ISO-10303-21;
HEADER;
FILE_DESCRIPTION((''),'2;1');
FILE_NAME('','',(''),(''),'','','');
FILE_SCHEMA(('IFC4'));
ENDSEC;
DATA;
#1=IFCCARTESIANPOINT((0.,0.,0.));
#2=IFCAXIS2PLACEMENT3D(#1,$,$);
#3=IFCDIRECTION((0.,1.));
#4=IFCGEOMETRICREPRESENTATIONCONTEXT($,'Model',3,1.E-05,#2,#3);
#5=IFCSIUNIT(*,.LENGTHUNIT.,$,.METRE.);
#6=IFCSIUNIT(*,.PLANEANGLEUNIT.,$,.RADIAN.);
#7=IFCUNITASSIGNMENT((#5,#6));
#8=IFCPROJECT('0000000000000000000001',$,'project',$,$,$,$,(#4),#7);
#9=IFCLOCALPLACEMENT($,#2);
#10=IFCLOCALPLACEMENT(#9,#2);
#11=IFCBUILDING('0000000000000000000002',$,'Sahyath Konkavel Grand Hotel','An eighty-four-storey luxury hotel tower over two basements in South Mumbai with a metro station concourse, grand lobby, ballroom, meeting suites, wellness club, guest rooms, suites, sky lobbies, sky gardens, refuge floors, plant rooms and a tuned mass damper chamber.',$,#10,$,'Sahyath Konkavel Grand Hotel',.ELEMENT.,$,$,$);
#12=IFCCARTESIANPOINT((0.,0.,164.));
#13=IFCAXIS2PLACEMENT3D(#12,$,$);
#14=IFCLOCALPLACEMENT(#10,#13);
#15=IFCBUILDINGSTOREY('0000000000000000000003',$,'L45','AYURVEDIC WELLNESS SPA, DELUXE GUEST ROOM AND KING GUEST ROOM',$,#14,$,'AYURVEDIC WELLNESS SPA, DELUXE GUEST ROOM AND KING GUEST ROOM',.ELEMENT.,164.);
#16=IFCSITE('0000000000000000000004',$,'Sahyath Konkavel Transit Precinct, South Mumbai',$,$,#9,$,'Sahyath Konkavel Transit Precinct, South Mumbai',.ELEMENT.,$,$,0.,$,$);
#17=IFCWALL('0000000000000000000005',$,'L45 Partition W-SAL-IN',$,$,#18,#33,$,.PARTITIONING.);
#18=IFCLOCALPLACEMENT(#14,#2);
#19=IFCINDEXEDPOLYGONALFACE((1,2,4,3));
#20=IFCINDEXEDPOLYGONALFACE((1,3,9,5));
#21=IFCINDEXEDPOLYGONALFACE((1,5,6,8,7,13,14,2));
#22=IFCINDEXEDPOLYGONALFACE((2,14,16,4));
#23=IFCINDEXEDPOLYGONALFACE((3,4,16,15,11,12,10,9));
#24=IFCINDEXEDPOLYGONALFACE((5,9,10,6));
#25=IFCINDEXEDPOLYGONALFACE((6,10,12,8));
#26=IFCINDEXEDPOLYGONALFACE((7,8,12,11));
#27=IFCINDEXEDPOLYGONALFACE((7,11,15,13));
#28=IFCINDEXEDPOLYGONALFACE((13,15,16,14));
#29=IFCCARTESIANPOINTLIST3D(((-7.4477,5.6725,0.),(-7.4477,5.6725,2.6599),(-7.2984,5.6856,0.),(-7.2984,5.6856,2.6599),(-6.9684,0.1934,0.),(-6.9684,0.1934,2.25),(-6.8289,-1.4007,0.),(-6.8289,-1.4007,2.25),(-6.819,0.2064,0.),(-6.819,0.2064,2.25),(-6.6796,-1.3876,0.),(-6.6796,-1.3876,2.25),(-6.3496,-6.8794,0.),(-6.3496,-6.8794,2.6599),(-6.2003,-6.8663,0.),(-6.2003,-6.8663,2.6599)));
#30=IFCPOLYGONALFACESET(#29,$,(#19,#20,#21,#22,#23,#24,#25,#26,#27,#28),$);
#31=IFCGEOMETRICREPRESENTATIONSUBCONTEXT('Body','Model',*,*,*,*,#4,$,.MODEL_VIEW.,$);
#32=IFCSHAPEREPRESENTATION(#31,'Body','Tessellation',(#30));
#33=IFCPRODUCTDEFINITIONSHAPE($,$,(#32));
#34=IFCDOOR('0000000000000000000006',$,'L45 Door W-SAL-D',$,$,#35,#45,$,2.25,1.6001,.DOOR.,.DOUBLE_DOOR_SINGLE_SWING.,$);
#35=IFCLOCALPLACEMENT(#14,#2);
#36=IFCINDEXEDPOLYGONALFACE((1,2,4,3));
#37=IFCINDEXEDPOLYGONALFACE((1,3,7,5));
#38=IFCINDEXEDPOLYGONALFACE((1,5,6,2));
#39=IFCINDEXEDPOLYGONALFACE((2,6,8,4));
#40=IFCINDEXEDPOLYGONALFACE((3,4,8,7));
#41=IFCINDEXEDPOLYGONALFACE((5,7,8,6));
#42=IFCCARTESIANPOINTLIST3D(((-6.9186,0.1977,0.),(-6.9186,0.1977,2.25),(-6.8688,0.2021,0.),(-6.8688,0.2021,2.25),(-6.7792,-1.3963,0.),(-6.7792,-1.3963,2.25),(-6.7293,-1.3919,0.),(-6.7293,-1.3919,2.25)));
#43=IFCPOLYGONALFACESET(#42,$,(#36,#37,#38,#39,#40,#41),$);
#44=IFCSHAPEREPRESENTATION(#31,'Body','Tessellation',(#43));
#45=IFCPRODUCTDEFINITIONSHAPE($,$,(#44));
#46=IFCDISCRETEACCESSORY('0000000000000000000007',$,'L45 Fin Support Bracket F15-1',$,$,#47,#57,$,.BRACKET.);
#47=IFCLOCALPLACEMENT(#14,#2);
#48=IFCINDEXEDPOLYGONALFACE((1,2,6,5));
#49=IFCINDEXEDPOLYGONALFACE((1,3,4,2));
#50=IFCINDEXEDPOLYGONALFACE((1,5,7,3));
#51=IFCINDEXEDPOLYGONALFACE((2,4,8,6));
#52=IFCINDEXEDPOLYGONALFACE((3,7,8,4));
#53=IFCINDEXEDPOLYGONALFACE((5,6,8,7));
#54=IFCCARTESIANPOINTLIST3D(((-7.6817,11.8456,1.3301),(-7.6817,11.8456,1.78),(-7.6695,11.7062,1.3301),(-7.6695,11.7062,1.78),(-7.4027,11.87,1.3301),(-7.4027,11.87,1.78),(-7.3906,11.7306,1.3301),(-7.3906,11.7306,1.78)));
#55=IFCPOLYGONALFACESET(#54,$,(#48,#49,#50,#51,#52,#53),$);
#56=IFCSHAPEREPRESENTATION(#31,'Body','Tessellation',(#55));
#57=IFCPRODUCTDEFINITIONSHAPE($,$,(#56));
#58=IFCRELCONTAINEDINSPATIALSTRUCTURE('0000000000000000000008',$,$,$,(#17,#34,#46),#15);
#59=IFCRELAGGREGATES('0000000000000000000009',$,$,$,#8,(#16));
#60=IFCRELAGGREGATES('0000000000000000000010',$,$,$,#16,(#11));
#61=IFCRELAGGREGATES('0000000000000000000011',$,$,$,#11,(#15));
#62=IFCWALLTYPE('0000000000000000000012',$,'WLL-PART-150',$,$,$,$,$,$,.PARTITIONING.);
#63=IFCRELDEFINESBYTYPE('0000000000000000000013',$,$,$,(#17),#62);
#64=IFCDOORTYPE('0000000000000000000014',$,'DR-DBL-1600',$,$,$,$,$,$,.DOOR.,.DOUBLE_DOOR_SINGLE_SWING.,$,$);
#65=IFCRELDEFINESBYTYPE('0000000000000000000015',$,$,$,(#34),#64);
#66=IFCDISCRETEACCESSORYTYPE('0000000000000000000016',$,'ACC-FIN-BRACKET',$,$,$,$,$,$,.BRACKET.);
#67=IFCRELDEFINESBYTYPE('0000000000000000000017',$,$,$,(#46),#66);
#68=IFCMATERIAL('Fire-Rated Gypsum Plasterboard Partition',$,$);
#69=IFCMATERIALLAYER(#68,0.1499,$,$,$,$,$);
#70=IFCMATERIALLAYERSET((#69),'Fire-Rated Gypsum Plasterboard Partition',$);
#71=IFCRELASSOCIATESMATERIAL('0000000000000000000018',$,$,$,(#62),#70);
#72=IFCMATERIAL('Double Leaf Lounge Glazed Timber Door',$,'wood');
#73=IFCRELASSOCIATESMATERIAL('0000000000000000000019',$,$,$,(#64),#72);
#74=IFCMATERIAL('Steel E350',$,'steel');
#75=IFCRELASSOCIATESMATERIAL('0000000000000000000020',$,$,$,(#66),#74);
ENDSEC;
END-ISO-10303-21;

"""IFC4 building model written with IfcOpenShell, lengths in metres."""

from ifc_helpers import new_model, si_unit, direction, frame, frame_2d, origin, origin_2d, place, context, subcontext, project, spatial, rectangle, extrude, source, transform, mapped, material, layer, layer_set, type_object, element, fill, save


model = new_model("IFC4")

# Units and contexts
model_context = context("Model", 3, precision=1e-05, world=origin(), true_north=direction((0.0, 1.0)))
body_context = subcontext(model_context, "Body", "Model", "MODEL_VIEW")
ifc_project = project(units=[si_unit("LENGTHUNIT", "METRE"), si_unit("PLANEANGLEUNIT", "RADIAN")], contexts=[model_context])

# Site, building, storey
site_placement = place(None, origin())
site = spatial("IfcSite", under=ifc_project, at=site_placement, Name="Sahyath Konkavel Transit Precinct, South Mumbai", LongName="Sahyath Konkavel Transit Precinct, South Mumbai", CompositionType="ELEMENT", RefElevation=0.0)
building_placement = place(site_placement, origin())
building = spatial("IfcBuilding", under=site, at=building_placement, Name="Sahyath Konkavel Grand Hotel", Description="An eighty-four-storey luxury hotel tower over two basements in South Mumbai with a metro station concourse, grand lobby, ballroom, meeting suites, wellness club, guest rooms, suites, sky lobbies, sky gardens, refuge floors, plant rooms and a tuned mass damper chamber.", LongName="Sahyath Konkavel Grand Hotel", CompositionType="ELEMENT")
storey_placement = place(building_placement, frame((0.0, 0.0, 164.0)))
storey = spatial("IfcBuildingStorey", under=building, at=storey_placement, Name="L45", Description="AYURVEDIC WELLNESS SPA, DELUXE GUEST ROOM AND KING GUEST ROOM", LongName="AYURVEDIC WELLNESS SPA, DELUXE GUEST ROOM AND KING GUEST ROOM", CompositionType="ELEMENT", Elevation=164.0)

# Shared definitions
ifc_material_1 = material(Name="Steel E350", Category="steel")

# Wall, opening, door
ifc_material_2 = material(Name="Fire-Rated Gypsum Plasterboard Partition")
ifc_layer_1 = layer(ifc_material_2, 0.1499)
ifc_layer_set_1 = layer_set([ifc_layer_1], Name="Fire-Rated Gypsum Plasterboard Partition")
wall_type_1 = type_object("IfcWallType", Name="WLL-PART-150", PredefinedType="PARTITIONING", material=ifc_layer_set_1)
wall_1_placement = place(storey_placement, frame((-7.373, 5.679, 0.0), z_axis=(0.0, 0.0, 1.0), x_axis=(0.087155, -0.996195, 0.0)))
wall_1 = element("IfcWall", 1, at=wall_1_placement, inside=storey, type_object=wall_type_1, Name="L45 Partition W-SAL-IN", PredefinedType="PARTITIONING", context=body_context, shape_type="SweptSolid", body=[
    extrude(rectangle(XDim=12.5999, YDim=0.1499, at=frame_2d((6.2998, 0.0))), origin(), (0.0, 0.0, 1.0), 2.6599),
])
opening_1_placement = place(wall_1_placement, frame((5.5, 0.0, 0.0)))
opening_1 = element("IfcOpeningElement", 2, at=opening_1_placement, cuts=wall_1, PredefinedType="OPENING", context=body_context, shape_type="SweptSolid", body=[
    extrude(rectangle(XDim=1.6001, YDim=2.25, at=frame_2d((0.8, 1.125))), frame((0.0, 0.085, 0.0), z_axis=(0.0, -1.0, 0.0), x_axis=(1.0, 0.0, 0.0)), (0.0, 0.0, 1.0), 0.1699),
])
ifc_material_3 = material(Name="Double Leaf Lounge Glazed Timber Door", Category="wood")
door_type_1 = type_object("IfcDoorType", Name="DR-DBL-1600", OperationType="DOUBLE_DOOR_SINGLE_SWING", PredefinedType="DOOR", material=ifc_material_3)
shared_shape_1 = source(origin(), body_context, "Body", "SweptSolid", [
    extrude(rectangle(XDim=1.6001, YDim=0.05, at=origin_2d()), origin(), (0.0, 0.0, 1.0), 2.25),
])
door_1_placement = place(opening_1_placement, frame((0.8, 0.0, 0.0)))
door_1 = element("IfcDoor", 3, at=door_1_placement, inside=storey, type_object=door_type_1, Name="L45 Door W-SAL-D", OperationType="DOUBLE_DOOR_SINGLE_SWING", OverallHeight=2.25, OverallWidth=1.6001, PredefinedType="DOOR", context=body_context, shape_type="MappedRepresentation", body=[
    mapped(shared_shape_1, transform((0.0, 0.0, 0.0), scale=1.0)),
])
fill(opening_1, door_1)

# Discrete accessory
discrete_accessory_type = type_object("IfcDiscreteAccessoryType", Name="ACC-FIN-BRACKET", PredefinedType="BRACKET", material=ifc_material_1)
shared_shape_2 = source(origin(), body_context, "Body", "SweptSolid", [
    extrude(rectangle(XDim=0.28, YDim=0.1399, at=origin_2d()), origin(), (0.0, 0.0, 1.0), 0.45),
])
discrete_accessory_placement = place(storey_placement, frame((-7.5361, 11.7881, 1.3301), z_axis=(0.0, 0.0, 1.0), x_axis=(-0.996195, -0.087156, 0.0)))
element("IfcDiscreteAccessory", 4, at=discrete_accessory_placement, inside=storey, type_object=discrete_accessory_type, Name="L45 Fin Support Bracket F15-1", PredefinedType="BRACKET", context=body_context, shape_type="MappedRepresentation", body=[
    mapped(shared_shape_2, transform((0.0, 0.0, 0.0), scale=1.0)),
])

save(model, "model.ifc")
